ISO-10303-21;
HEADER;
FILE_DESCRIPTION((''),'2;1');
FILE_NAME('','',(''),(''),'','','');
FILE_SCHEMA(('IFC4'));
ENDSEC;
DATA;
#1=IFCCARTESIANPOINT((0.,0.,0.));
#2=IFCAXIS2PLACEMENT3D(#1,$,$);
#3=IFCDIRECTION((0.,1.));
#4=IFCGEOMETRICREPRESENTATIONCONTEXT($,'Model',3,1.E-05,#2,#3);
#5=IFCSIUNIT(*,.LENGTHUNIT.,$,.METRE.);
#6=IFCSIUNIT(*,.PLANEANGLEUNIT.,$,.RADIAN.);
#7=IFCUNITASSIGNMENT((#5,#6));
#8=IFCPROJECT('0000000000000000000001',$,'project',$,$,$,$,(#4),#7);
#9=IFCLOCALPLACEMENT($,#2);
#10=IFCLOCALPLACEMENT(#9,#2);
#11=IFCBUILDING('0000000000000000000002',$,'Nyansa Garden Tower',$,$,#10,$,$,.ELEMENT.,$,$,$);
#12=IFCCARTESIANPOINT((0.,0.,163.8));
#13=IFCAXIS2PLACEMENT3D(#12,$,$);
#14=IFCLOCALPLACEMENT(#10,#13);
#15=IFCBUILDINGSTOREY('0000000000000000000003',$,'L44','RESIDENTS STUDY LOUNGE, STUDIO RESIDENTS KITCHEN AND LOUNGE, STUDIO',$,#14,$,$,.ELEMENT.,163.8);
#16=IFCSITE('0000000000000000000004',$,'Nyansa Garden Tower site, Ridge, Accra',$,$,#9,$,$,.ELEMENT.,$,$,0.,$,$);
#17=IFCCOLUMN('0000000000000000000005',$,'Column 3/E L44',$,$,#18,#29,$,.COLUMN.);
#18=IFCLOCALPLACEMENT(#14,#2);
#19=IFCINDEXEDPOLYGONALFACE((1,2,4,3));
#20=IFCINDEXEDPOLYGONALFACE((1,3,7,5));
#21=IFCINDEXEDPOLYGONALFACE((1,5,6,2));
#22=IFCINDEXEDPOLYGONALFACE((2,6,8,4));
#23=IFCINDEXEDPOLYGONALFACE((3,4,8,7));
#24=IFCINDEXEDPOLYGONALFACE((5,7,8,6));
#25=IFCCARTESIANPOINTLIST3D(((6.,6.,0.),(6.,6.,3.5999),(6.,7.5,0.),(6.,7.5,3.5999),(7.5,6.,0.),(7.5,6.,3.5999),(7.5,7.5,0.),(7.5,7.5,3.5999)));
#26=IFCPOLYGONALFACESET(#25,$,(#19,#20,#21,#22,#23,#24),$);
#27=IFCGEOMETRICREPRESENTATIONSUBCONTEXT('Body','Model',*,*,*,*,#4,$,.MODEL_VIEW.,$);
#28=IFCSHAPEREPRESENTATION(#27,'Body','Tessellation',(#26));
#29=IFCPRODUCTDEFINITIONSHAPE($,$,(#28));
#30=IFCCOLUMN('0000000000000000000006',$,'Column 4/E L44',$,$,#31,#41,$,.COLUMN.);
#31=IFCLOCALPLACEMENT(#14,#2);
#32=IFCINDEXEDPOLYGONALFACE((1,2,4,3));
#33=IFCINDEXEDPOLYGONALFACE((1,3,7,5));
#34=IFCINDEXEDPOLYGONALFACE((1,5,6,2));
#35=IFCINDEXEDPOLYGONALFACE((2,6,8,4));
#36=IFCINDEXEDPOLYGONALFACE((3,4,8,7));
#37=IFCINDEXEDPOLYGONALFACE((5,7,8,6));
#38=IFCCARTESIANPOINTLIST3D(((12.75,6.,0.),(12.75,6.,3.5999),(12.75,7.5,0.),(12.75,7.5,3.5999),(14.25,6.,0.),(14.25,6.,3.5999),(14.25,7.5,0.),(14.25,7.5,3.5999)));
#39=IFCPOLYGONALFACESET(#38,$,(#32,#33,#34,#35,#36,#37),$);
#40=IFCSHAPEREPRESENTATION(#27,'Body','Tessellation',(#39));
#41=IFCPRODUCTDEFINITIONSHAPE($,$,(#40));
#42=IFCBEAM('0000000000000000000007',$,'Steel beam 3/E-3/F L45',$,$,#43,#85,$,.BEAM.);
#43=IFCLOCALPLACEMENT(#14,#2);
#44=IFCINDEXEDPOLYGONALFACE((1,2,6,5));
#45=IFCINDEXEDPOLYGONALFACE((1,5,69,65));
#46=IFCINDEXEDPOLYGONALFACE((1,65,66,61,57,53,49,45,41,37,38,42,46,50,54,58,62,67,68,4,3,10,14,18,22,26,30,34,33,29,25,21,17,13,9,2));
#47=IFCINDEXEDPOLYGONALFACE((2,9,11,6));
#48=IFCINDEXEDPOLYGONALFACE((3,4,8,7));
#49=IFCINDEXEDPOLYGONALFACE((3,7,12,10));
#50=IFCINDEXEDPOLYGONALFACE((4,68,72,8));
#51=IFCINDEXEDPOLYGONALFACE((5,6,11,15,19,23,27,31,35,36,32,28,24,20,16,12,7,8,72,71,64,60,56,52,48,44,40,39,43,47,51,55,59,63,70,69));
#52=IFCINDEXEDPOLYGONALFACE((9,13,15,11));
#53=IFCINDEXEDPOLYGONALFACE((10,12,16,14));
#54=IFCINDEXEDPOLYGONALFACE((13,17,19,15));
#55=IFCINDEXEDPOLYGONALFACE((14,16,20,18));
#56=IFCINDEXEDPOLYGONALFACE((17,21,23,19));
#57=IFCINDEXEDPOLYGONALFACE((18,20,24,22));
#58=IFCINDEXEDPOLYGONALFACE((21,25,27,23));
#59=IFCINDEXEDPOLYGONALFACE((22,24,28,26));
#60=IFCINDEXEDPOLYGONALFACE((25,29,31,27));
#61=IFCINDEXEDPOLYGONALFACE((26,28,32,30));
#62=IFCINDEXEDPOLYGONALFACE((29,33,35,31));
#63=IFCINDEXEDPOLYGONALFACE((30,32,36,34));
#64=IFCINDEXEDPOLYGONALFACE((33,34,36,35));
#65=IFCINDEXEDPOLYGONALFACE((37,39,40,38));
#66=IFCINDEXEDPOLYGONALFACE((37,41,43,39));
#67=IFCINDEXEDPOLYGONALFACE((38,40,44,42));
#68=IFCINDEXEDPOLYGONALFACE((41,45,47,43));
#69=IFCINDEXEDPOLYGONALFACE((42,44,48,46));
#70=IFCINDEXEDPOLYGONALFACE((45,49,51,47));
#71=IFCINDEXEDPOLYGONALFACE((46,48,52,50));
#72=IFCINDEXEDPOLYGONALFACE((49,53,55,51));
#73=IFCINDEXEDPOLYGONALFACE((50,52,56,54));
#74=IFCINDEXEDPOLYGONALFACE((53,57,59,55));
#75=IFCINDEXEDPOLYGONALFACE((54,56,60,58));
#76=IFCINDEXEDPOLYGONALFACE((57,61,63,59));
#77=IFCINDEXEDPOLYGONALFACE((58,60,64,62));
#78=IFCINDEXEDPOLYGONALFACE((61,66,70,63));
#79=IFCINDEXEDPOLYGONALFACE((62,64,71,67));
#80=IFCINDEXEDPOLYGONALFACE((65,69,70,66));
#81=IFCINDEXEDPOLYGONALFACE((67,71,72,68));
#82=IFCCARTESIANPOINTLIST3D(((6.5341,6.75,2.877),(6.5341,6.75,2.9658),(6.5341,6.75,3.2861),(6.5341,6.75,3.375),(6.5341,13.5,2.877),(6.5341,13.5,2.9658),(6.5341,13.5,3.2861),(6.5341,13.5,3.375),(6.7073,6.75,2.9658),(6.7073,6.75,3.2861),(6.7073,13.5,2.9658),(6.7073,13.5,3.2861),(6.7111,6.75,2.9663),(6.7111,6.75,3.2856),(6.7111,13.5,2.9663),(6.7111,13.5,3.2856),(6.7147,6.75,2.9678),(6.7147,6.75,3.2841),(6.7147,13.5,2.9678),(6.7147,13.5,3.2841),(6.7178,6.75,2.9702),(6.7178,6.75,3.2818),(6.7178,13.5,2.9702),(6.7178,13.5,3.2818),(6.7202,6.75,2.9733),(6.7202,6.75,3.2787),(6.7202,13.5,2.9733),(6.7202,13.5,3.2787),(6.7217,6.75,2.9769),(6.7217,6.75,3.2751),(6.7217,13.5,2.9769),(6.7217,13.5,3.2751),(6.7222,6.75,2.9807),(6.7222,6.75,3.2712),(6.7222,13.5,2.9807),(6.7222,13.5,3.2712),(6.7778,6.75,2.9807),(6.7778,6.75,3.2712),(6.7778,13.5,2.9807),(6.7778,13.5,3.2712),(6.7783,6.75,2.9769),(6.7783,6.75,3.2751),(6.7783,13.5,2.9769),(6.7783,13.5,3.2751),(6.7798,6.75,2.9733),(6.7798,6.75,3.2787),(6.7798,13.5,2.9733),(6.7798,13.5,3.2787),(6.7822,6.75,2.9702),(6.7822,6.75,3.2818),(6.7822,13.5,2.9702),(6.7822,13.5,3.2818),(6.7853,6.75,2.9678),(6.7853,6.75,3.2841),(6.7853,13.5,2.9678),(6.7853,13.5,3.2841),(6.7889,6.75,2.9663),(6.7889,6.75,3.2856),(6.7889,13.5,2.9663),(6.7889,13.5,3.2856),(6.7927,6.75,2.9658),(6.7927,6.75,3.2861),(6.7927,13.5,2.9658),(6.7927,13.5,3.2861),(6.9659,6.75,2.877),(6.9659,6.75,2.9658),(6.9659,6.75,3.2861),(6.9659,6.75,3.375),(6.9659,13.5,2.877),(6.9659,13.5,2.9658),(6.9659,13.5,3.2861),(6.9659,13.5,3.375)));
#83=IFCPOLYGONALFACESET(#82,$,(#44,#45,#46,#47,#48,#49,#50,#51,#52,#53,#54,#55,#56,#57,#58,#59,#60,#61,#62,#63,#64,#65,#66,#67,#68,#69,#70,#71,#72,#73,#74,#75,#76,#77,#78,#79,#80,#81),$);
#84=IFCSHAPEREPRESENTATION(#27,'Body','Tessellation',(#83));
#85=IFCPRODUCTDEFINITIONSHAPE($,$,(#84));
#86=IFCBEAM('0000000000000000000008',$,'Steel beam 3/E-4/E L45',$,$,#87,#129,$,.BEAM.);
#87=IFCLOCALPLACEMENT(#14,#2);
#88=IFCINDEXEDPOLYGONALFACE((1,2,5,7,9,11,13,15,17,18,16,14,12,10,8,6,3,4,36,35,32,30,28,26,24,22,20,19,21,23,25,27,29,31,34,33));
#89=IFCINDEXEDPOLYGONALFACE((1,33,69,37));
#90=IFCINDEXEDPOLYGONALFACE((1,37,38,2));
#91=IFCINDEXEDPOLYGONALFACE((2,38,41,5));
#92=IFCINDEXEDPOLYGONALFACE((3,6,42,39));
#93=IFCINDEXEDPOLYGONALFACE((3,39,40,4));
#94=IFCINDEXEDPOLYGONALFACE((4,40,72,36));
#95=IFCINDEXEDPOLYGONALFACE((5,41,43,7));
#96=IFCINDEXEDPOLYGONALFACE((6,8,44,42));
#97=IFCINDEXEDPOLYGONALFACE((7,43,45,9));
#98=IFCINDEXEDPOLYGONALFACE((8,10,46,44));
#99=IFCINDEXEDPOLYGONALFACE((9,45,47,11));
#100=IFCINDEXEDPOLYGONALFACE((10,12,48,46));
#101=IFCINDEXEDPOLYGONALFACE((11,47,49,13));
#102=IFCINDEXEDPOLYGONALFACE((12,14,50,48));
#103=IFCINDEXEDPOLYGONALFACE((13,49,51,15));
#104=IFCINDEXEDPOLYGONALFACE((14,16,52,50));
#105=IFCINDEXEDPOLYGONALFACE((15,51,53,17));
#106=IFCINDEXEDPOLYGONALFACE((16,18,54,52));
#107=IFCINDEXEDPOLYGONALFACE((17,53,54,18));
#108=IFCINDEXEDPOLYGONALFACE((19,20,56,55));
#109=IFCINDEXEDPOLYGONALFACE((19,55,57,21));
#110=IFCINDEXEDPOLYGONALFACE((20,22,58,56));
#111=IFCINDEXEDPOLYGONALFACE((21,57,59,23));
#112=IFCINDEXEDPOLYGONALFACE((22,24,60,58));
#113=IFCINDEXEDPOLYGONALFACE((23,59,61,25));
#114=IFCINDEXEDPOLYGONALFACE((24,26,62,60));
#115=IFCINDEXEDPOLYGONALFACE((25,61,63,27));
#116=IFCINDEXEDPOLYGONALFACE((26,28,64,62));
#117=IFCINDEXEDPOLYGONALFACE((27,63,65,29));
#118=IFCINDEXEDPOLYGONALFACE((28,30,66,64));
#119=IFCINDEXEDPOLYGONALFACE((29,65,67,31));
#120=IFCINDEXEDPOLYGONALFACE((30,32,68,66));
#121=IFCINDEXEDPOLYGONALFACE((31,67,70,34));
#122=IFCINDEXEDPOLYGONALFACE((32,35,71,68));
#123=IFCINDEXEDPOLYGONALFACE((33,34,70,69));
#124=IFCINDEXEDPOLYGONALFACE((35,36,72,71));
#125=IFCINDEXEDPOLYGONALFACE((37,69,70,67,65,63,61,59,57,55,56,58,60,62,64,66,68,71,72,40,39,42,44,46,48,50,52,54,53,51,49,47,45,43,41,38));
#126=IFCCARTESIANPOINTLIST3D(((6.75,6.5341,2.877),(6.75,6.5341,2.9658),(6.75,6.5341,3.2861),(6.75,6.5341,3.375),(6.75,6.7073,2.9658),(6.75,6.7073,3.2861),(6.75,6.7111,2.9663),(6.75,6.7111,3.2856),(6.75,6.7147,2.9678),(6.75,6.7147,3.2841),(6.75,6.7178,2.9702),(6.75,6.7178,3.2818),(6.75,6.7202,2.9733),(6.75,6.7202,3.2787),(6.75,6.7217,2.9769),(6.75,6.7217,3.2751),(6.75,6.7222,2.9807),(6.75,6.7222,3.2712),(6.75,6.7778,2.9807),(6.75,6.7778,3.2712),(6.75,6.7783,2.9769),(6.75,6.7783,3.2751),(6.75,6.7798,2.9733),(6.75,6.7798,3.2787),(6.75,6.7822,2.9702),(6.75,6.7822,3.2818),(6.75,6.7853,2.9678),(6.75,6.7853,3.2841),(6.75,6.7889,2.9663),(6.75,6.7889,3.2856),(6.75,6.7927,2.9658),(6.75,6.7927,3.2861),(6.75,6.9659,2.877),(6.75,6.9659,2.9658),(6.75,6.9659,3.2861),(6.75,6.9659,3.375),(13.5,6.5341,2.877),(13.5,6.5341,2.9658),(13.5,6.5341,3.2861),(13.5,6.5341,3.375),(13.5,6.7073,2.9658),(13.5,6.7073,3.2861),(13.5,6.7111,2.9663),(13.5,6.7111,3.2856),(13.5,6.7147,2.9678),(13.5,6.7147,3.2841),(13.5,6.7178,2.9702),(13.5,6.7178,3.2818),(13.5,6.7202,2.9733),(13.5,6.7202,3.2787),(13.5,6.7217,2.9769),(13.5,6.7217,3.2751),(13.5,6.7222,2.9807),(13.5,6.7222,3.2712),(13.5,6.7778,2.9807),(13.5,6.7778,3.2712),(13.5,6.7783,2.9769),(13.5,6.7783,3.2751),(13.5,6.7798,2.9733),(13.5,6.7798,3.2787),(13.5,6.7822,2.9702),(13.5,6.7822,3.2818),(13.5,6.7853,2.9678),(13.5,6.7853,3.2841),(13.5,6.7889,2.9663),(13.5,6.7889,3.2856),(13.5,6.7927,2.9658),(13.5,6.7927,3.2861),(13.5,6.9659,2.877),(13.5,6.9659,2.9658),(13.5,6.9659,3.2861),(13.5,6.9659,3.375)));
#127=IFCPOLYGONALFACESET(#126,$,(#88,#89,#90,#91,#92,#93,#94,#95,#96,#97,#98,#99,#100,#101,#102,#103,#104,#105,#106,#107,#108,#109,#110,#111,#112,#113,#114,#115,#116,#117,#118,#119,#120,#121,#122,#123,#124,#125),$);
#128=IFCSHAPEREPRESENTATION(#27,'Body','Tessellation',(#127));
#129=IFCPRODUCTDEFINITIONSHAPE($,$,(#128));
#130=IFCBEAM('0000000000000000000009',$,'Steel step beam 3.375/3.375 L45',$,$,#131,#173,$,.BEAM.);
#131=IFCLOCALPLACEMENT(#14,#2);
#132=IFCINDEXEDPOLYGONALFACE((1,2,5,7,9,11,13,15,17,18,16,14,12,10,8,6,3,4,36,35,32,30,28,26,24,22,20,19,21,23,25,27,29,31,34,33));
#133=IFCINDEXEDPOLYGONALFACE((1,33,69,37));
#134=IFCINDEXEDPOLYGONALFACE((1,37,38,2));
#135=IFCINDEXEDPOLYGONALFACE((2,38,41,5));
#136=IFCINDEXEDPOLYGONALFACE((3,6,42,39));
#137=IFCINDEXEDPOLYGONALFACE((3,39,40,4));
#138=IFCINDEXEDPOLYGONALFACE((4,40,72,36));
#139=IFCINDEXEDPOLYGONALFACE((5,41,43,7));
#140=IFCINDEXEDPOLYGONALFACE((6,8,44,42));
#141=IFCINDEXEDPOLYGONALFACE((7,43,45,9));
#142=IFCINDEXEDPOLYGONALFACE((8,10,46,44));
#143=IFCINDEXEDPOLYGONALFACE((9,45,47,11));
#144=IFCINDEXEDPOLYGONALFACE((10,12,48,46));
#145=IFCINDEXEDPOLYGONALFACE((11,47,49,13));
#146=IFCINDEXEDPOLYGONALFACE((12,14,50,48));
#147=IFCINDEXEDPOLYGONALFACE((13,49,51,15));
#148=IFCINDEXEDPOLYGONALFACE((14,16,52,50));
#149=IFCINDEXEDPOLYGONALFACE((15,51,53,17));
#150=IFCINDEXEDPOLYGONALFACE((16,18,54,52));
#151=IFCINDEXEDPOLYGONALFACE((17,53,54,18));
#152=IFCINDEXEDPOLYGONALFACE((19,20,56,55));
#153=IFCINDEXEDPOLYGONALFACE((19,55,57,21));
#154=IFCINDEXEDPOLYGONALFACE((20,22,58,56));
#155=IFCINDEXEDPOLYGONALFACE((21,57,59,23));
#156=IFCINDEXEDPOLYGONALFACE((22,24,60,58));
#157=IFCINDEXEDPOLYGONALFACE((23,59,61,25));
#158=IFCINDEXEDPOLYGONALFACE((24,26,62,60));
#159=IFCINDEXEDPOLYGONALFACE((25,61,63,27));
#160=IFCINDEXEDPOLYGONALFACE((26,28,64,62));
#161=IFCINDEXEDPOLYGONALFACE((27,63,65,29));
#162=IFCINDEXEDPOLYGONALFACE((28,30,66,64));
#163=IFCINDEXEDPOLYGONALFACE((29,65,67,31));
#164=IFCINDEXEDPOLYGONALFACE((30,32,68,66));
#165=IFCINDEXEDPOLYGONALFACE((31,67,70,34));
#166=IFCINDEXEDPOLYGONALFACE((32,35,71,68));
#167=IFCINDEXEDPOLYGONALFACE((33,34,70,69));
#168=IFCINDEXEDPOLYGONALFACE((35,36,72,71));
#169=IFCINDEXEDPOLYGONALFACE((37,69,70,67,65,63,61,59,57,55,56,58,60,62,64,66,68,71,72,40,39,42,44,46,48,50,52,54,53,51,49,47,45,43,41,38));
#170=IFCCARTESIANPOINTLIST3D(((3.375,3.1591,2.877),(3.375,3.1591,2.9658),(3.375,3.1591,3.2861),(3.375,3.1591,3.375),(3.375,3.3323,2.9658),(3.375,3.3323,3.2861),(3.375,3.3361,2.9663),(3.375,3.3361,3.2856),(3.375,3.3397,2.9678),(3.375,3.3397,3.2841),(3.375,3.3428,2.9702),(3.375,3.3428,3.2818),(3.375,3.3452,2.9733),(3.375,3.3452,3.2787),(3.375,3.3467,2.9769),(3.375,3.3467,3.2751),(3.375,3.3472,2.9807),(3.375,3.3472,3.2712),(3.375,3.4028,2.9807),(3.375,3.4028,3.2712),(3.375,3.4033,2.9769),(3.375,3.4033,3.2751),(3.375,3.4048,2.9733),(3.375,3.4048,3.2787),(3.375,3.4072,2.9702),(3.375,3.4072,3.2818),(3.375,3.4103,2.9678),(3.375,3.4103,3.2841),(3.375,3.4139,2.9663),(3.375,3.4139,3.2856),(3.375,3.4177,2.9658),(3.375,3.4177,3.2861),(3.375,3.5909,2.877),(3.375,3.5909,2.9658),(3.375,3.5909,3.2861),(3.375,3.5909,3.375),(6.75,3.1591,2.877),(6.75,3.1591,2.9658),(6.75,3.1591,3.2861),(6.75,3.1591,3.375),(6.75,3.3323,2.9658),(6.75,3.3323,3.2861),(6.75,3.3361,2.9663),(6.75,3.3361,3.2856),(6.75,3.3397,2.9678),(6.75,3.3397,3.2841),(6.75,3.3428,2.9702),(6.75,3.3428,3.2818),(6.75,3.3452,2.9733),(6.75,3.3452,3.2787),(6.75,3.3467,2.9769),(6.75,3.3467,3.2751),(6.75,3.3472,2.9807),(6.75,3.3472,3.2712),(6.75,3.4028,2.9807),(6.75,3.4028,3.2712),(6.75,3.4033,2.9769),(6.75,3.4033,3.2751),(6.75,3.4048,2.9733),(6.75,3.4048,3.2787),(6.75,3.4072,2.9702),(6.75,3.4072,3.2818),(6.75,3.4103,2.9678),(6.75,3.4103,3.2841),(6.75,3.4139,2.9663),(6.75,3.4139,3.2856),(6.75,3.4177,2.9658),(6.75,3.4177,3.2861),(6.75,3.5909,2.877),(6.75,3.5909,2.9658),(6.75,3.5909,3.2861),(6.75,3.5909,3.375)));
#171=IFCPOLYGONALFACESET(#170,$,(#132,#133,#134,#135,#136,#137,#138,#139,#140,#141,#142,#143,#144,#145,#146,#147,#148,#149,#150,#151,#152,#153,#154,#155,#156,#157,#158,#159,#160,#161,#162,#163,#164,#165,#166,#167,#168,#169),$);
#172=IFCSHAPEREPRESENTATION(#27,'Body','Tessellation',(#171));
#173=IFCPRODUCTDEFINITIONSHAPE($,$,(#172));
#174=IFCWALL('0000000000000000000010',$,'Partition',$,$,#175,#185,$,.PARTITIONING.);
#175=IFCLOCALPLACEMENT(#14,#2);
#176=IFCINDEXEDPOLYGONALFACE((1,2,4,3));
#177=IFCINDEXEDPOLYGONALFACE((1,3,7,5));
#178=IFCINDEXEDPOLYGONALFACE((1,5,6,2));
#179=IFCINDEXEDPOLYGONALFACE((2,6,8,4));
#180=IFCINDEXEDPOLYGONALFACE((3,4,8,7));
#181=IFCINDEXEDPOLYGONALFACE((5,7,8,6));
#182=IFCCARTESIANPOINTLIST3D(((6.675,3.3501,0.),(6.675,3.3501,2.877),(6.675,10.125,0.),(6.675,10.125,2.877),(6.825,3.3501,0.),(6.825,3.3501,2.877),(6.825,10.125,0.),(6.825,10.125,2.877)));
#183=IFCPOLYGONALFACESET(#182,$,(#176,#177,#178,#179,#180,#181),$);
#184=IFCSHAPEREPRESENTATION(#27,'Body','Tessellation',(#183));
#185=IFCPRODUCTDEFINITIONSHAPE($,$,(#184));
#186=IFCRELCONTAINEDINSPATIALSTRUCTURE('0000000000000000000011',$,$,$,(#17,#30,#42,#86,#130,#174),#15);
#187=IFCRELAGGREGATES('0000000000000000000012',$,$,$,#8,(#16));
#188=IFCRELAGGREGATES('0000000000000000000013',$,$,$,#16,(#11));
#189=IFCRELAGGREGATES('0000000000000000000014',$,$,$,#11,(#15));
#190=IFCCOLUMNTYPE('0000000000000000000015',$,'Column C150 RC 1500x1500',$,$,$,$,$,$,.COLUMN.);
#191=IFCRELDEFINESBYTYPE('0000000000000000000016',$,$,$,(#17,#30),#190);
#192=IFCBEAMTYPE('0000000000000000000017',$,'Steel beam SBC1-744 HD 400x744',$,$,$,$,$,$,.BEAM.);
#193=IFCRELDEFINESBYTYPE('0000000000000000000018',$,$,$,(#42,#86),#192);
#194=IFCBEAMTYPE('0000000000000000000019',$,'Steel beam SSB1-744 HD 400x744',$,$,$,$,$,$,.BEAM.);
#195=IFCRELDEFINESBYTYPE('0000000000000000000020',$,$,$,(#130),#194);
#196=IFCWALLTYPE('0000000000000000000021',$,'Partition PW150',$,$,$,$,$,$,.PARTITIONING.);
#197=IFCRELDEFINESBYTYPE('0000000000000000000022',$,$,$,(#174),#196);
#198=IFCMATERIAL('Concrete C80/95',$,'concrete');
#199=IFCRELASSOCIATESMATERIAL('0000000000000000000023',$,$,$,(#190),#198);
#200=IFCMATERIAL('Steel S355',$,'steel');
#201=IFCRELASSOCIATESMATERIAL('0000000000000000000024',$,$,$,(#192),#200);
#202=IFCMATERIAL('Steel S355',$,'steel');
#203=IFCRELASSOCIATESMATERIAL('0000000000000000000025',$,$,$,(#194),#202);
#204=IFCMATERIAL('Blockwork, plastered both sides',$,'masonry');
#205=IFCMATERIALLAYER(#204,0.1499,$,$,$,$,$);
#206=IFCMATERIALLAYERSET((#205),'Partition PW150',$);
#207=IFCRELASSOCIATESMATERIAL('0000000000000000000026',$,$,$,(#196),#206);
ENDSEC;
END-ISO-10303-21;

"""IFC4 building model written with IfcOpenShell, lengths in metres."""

from ifc_helpers import new_model, si_unit, direction, frame, frame_2d, origin, origin_2d, place, context, subcontext, project, spatial, rectangle, i_section, extrude, material, layer, layer_set, material_profile, profile_set, type_object, element, save


model = new_model("IFC4")

# Units and contexts
model_context = context("Model", 3, precision=1e-05, world=origin(), true_north=direction((0.0, 1.0)))
body_context = subcontext(model_context, "Body", "Model", "MODEL_VIEW")
ifc_project = project(units=[si_unit("LENGTHUNIT", "METRE"), si_unit("PLANEANGLEUNIT", "RADIAN")], contexts=[model_context])

# Site, building, storey
site_placement = place(None, origin())
site = spatial("IfcSite", under=ifc_project, at=site_placement, Name="Nyansa Garden Tower site, Ridge, Accra", CompositionType="ELEMENT", RefElevation=0.0)
building_placement = place(site_placement, origin())
building = spatial("IfcBuilding", under=site, at=building_placement, Name="Nyansa Garden Tower", CompositionType="ELEMENT")
storey_placement = place(building_placement, frame((0.0, 0.0, 163.8)))
storey = spatial("IfcBuildingStorey", under=building, at=storey_placement, Name="L44", Description="RESIDENTS STUDY LOUNGE, STUDIO RESIDENTS KITCHEN AND LOUNGE, STUDIO", CompositionType="ELEMENT", Elevation=163.8)

# Columns
ifc_material_1 = material(Name="Concrete C80/95", Category="concrete")
ifc_material_profile_1 = material_profile(ifc_material_1, rectangle(XDim=1.5, YDim=1.5, at=origin_2d()), Name="RC 1500x1500")
ifc_profile_set_1 = profile_set([ifc_material_profile_1], Name="Concrete C80/95")
column_type = type_object("IfcColumnType", Name="Column C150 RC 1500x1500", PredefinedType="COLUMN", material=ifc_profile_set_1)
for number, where, z_axis, x_axis, name in (
    (1, (6.75, 6.75, 0.0), (0.0, 0.0, 1.0), (1.0, 0.0, 0.0), "Column 3/E L44"),
    (2, (13.5, 6.75, 0.0), (0.0, 0.0, 1.0), (1.0, 0.0, 0.0), "Column 4/E L44"),
):
    element("IfcColumn", number, at=place(storey_placement, frame(where, z_axis=z_axis, x_axis=x_axis)), inside=storey, type_object=column_type, Name=name, PredefinedType="COLUMN", context=body_context, shape_type="SweptSolid", body=[
        extrude(rectangle(XDim=1.5, YDim=1.5, at=origin_2d()), origin(), (0.0, 0.0, 1.0), 3.5999),
    ])

# Beams
ifc_material_2 = material(Name="Steel S355", Category="steel")
ifc_material_profile_2 = material_profile(ifc_material_2, i_section(OverallWidth=0.4319, OverallDepth=0.498, WebThickness=0.0557, FlangeThickness=0.0889, FilletRadius=0.0149, at=origin_2d()), Name="HD 400x744")
ifc_profile_set_2 = profile_set([ifc_material_profile_2], Name="Steel S355")
beam_type_1 = type_object("IfcBeamType", Name="Steel beam SBC1-744 HD 400x744", PredefinedType="BEAM", material=ifc_profile_set_2)
for number, where, z_axis, x_axis, name in (
    (3, (6.75, 6.75, 3.126), (0.0, 1.0, 0.0), (-1.0, 0.0, 0.0), "Steel beam 3/E-3/F L45"),
    (4, (6.75, 6.75, 3.126), (1.0, 0.0, 0.0), (0.0, 1.0, 0.0), "Steel beam 3/E-4/E L45"),
):
    element("IfcBeam", number, at=place(storey_placement, frame(where, z_axis=z_axis, x_axis=x_axis)), inside=storey, type_object=beam_type_1, Name=name, PredefinedType="BEAM", context=body_context, shape_type="SweptSolid", body=[
        extrude(i_section(OverallWidth=0.4319, OverallDepth=0.498, WebThickness=0.0557, FlangeThickness=0.0889, FilletRadius=0.0149, at=origin_2d()), origin(), (0.0, 0.0, 1.0), 6.75),
    ])
ifc_material_3 = material(Name="Steel S355", Category="steel")
ifc_material_profile_3 = material_profile(ifc_material_3, i_section(OverallWidth=0.4319, OverallDepth=0.498, WebThickness=0.0557, FlangeThickness=0.0889, FilletRadius=0.0149, at=origin_2d()), Name="HD 400x744")
ifc_profile_set_3 = profile_set([ifc_material_profile_3], Name="Steel S355")
beam_type_2 = type_object("IfcBeamType", Name="Steel beam SSB1-744 HD 400x744", PredefinedType="BEAM", material=ifc_profile_set_3)
beam_placement = place(storey_placement, frame((3.375, 3.375, 3.126), z_axis=(1.0, 0.0, 0.0), x_axis=(0.0, 1.0, 0.0)))
element("IfcBeam", 5, at=beam_placement, inside=storey, type_object=beam_type_2, Name="Steel step beam 3.375/3.375 L45", PredefinedType="BEAM", context=body_context, shape_type="SweptSolid", body=[
    extrude(i_section(OverallWidth=0.4319, OverallDepth=0.498, WebThickness=0.0557, FlangeThickness=0.0889, FilletRadius=0.0149, at=origin_2d()), origin(), (0.0, 0.0, 1.0), 3.375),
])

# Wall
ifc_material_4 = material(Name="Blockwork, plastered both sides", Category="masonry")
ifc_layer_1 = layer(ifc_material_4, 0.1499)
ifc_layer_set_1 = layer_set([ifc_layer_1], Name="Partition PW150")
wall_type_1 = type_object("IfcWallType", Name="Partition PW150", PredefinedType="PARTITIONING", material=ifc_layer_set_1)
wall_1_placement = place(storey_placement, frame((6.75, 3.3501, 0.0), z_axis=(0.0, 0.0, 1.0), x_axis=(0.0, 1.0, 0.0)))
element("IfcWall", 6, at=wall_1_placement, inside=storey, type_object=wall_type_1, Name="Partition", PredefinedType="PARTITIONING", context=body_context, shape_type="SweptSolid", body=[
    extrude(rectangle(XDim=6.7749, YDim=0.1499, at=frame_2d((3.3875, 0.0))), origin(), (0.0, 0.0, 1.0), 2.877),
])

save(model, "model.ifc")
